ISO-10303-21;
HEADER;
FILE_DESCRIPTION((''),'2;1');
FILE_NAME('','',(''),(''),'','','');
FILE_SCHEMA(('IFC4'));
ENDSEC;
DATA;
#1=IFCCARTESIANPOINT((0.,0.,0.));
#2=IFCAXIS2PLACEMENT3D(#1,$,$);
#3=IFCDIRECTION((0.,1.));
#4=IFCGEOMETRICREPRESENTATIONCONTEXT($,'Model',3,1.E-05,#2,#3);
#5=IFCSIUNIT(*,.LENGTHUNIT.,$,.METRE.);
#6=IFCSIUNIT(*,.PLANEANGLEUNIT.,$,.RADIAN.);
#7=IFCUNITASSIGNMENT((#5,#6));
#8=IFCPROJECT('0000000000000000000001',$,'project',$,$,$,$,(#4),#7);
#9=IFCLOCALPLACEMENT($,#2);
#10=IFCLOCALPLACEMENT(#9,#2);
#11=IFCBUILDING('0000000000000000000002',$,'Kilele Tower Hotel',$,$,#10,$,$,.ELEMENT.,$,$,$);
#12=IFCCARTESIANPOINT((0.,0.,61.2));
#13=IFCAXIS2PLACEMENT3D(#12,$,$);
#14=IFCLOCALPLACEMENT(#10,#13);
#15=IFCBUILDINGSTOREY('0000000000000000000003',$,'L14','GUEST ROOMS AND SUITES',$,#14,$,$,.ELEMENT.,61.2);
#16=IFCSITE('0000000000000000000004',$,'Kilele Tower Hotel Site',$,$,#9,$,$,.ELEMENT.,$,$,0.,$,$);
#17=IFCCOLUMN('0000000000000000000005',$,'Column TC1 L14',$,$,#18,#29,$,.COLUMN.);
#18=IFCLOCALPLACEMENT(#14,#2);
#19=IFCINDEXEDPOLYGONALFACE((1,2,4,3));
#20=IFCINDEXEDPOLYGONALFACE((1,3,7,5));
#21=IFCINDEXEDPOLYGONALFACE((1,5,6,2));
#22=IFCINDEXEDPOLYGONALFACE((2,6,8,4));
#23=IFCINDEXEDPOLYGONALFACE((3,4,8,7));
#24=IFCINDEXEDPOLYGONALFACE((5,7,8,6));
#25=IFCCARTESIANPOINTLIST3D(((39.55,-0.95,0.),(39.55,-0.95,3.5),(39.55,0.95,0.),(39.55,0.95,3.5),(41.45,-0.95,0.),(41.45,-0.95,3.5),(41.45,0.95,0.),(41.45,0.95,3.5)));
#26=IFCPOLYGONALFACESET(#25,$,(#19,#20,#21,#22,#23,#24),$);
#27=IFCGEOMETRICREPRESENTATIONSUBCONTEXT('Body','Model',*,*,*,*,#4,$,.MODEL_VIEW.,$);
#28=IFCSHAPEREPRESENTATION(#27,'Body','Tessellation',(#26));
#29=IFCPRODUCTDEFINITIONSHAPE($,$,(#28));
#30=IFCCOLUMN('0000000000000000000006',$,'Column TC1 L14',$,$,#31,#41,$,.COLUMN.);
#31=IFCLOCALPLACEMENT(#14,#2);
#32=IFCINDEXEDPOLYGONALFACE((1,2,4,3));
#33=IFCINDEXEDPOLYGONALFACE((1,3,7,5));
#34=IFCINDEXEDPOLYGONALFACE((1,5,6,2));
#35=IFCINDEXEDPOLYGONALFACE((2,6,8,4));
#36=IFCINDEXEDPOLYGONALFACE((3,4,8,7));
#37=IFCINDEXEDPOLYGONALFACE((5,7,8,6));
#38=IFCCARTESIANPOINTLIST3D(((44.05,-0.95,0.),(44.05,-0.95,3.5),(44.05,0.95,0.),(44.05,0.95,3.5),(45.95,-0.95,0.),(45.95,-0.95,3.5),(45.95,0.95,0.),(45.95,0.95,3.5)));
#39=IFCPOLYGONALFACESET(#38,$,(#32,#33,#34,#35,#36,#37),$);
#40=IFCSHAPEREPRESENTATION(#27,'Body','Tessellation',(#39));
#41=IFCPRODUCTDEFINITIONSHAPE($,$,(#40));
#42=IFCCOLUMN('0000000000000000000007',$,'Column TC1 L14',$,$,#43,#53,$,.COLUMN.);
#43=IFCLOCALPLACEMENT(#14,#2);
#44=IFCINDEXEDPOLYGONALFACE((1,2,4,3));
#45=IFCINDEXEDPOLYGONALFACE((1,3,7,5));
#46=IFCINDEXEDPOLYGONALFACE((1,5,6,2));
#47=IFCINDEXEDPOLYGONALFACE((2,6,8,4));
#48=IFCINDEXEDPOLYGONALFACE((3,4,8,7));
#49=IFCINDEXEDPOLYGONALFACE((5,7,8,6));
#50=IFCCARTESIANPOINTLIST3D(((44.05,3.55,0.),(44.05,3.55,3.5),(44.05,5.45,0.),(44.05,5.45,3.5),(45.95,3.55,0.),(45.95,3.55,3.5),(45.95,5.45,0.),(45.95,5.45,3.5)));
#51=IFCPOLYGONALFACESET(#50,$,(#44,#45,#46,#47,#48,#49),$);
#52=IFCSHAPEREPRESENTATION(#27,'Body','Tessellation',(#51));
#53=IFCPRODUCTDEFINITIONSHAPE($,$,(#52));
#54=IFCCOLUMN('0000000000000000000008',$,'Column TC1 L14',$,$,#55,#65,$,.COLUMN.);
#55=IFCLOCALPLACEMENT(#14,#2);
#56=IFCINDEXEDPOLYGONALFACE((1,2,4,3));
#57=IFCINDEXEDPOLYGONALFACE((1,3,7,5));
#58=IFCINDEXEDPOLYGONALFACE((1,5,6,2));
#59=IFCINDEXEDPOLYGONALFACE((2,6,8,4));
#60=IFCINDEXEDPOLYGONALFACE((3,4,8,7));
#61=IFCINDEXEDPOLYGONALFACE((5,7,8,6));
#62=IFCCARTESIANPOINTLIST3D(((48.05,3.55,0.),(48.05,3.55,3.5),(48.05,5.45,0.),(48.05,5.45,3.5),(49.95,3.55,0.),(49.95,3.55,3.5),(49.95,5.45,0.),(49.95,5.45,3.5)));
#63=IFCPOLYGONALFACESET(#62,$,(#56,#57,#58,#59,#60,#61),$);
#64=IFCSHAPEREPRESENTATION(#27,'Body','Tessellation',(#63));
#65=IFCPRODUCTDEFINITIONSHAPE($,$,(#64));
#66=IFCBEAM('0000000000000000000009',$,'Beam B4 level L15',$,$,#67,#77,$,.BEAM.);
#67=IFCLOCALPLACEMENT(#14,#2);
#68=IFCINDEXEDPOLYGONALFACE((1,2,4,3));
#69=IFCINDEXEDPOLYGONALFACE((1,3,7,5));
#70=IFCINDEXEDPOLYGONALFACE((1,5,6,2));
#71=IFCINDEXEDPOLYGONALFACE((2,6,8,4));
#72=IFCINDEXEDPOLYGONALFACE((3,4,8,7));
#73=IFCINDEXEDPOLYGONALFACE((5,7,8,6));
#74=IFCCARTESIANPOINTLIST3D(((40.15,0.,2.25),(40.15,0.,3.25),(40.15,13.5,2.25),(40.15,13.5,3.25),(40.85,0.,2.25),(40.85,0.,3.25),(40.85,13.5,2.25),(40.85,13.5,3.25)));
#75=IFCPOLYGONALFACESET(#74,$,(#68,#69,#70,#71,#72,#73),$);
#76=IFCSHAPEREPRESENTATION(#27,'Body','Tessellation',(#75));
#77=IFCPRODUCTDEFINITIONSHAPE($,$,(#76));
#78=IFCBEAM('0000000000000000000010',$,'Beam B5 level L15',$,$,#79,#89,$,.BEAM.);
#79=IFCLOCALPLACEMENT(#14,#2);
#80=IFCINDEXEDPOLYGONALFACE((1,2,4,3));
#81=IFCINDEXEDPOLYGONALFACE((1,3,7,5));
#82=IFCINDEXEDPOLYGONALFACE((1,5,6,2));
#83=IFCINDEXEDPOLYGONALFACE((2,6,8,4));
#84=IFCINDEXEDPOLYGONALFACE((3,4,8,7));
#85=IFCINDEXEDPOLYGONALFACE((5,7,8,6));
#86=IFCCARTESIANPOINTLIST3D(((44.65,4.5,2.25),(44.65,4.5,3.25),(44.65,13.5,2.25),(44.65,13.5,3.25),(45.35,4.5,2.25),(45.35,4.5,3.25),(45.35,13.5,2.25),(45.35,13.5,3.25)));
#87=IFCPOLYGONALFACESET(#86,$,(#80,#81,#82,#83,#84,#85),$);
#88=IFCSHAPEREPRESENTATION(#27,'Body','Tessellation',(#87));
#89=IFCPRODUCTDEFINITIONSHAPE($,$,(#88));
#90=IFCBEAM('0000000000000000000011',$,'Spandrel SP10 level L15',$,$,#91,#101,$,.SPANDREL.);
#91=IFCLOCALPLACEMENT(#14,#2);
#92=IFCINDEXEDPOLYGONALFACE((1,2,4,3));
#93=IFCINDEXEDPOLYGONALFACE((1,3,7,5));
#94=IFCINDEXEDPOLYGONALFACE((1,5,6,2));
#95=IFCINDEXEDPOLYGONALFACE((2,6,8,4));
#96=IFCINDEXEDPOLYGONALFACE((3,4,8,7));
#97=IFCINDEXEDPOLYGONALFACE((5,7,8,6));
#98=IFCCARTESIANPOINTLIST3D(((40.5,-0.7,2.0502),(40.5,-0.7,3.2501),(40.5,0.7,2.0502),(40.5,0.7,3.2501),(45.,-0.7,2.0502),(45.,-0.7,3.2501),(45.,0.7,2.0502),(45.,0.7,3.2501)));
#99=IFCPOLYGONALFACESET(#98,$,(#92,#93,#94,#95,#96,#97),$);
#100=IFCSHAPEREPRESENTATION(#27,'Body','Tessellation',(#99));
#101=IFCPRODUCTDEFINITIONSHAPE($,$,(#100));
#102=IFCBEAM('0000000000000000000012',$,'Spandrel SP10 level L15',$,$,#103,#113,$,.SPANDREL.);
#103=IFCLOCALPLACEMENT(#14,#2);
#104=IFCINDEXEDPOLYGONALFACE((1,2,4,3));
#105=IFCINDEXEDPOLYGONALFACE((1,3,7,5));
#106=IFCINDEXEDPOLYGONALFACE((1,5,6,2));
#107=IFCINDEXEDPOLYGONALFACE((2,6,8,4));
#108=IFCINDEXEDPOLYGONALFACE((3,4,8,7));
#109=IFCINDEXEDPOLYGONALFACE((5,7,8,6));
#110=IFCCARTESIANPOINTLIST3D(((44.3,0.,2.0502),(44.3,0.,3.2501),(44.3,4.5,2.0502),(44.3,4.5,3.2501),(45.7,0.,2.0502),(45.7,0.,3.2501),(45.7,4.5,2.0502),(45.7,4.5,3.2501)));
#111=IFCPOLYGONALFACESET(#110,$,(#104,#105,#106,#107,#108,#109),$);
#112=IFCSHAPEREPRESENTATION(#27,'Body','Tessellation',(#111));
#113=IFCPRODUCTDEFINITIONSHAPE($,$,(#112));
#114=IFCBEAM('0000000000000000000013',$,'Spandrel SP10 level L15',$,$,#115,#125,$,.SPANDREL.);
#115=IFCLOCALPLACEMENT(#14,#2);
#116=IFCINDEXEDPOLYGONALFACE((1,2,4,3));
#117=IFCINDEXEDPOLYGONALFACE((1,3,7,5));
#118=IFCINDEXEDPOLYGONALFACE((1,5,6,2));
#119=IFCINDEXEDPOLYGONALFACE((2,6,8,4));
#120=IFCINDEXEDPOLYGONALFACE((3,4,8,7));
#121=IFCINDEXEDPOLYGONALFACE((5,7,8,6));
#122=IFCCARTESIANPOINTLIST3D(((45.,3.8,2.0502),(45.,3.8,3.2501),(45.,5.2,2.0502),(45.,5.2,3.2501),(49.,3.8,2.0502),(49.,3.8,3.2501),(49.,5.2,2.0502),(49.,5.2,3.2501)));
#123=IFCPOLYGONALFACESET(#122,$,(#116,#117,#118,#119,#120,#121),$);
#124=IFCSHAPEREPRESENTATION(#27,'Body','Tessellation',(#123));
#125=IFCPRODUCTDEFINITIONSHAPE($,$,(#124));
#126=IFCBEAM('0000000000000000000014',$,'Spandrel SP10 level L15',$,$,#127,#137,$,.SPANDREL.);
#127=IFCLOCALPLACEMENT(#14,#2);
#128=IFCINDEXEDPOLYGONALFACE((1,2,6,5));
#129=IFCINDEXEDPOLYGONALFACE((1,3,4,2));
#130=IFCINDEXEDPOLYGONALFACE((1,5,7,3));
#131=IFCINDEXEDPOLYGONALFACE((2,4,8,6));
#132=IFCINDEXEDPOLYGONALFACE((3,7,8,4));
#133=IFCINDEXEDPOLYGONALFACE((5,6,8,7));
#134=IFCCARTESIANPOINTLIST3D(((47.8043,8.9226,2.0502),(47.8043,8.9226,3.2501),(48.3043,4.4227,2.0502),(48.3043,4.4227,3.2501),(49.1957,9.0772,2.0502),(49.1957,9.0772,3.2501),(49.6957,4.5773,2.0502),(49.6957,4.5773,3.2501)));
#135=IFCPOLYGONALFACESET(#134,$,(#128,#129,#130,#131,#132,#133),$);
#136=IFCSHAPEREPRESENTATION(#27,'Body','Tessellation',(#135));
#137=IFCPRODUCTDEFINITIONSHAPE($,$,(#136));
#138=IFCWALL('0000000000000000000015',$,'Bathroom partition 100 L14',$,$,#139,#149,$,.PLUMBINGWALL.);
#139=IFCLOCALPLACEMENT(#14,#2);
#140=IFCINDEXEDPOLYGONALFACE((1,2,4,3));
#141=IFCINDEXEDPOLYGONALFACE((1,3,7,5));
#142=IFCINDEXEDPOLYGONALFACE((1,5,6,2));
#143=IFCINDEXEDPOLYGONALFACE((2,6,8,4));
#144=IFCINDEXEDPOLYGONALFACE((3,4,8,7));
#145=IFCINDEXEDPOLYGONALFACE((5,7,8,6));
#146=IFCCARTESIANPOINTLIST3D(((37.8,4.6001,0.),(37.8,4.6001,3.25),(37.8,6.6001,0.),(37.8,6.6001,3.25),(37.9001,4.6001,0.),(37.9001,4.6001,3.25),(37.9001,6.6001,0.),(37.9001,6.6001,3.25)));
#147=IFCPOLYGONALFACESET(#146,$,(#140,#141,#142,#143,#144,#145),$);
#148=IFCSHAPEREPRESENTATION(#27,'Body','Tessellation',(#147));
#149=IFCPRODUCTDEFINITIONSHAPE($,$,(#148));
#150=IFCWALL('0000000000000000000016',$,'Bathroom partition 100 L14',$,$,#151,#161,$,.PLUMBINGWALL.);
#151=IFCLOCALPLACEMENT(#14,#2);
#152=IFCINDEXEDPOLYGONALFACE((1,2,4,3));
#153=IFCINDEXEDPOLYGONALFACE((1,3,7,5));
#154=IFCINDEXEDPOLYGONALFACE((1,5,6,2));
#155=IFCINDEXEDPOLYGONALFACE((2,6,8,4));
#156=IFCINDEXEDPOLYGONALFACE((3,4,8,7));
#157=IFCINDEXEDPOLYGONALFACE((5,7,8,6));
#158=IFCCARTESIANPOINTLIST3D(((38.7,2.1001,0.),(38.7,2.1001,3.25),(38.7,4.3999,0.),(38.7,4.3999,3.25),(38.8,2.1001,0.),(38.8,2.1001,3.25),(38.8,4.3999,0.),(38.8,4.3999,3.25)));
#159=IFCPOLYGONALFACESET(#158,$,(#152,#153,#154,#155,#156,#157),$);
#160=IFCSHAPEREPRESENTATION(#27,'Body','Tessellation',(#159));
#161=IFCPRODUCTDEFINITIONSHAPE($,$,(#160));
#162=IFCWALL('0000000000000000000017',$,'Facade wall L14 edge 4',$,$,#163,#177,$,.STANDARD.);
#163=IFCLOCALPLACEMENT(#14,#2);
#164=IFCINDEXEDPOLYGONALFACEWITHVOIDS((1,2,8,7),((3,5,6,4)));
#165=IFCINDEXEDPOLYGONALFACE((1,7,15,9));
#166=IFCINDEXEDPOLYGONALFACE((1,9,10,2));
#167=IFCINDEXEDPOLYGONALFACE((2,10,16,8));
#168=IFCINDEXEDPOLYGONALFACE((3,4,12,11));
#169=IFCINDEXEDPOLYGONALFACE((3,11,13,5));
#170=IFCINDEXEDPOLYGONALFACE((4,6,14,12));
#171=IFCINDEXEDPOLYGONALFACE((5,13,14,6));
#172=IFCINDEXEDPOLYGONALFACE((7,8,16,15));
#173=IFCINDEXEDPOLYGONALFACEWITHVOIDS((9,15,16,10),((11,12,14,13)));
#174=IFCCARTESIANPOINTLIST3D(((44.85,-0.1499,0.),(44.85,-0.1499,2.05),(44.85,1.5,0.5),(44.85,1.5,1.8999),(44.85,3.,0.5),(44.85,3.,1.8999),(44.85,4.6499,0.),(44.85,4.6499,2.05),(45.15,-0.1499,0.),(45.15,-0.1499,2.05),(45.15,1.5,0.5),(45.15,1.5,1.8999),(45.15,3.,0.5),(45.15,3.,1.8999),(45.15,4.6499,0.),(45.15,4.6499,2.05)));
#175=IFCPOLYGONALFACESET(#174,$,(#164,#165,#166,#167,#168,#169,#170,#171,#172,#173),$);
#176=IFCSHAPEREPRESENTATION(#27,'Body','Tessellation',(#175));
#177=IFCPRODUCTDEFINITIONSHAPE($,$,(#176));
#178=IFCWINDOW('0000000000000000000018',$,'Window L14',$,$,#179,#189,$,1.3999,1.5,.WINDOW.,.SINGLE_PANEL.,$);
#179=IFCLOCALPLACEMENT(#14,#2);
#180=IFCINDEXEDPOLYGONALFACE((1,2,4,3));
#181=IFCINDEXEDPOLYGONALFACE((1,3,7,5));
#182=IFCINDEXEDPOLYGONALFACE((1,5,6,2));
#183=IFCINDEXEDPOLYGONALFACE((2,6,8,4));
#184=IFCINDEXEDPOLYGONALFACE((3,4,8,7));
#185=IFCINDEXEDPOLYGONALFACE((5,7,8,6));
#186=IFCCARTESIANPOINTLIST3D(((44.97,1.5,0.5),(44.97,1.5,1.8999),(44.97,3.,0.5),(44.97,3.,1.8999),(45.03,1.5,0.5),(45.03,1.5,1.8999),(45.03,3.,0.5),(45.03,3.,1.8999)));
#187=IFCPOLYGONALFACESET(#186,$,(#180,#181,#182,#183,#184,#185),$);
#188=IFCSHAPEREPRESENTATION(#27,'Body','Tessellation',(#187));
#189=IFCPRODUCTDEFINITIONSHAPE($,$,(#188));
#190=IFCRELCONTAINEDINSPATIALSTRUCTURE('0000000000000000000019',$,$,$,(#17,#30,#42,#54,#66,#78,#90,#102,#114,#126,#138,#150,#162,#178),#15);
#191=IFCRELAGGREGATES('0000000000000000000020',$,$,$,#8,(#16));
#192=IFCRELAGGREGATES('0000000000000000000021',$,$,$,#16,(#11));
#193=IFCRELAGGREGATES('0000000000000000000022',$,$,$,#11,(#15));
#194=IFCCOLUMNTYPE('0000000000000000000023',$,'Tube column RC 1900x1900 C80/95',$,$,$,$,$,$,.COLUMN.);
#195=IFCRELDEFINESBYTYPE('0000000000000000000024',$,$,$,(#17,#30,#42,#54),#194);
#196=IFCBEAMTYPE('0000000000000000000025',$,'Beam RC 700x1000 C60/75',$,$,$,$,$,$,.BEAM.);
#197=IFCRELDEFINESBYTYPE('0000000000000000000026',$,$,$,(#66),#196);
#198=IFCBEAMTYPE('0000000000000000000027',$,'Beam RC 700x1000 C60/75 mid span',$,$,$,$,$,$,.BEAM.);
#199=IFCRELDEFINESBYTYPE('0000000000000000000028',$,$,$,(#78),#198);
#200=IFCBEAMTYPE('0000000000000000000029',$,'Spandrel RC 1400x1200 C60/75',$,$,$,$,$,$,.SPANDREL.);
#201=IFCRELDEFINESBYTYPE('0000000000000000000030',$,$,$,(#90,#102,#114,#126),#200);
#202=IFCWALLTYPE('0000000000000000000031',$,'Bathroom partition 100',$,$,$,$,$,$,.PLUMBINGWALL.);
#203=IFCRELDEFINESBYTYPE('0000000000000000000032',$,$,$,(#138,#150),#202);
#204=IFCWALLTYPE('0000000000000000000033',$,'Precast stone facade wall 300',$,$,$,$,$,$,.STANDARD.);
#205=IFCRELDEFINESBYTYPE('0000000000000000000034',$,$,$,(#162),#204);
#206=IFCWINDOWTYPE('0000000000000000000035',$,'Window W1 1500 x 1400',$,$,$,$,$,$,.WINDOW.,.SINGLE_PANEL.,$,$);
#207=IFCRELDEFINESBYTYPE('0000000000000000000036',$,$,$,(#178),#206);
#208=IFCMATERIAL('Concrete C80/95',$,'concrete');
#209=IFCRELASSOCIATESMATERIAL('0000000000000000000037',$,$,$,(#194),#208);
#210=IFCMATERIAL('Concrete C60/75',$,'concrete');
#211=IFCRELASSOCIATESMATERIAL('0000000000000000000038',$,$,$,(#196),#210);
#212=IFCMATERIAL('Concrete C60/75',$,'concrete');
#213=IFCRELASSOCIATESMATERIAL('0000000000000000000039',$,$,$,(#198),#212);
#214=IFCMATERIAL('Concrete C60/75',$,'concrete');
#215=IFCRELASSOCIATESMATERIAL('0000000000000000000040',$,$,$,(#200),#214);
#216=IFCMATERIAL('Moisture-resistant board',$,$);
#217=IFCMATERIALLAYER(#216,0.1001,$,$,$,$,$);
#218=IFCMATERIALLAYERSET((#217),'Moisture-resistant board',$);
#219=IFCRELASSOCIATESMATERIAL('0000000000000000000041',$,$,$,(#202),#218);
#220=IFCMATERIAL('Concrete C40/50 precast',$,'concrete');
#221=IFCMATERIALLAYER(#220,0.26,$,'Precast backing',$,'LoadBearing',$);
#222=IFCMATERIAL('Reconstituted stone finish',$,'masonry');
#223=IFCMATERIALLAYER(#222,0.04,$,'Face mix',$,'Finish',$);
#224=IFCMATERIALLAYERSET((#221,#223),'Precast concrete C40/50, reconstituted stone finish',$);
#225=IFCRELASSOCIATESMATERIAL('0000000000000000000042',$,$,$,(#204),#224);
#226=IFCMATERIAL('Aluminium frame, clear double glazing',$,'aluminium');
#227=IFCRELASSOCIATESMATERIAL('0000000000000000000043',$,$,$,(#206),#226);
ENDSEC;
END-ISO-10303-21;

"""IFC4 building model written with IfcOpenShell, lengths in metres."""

from ifc_helpers import new_model, si_unit, direction, frame, frame_2d, origin, origin_2d, place, context, subcontext, project, spatial, rectangle, extrude, material, layer, layer_set, material_profile, profile_set, type_object, element, fill, save


model = new_model("IFC4")

# Units and contexts
model_context = context("Model", 3, precision=1e-05, world=origin(), true_north=direction((0.0, 1.0)))
body_context = subcontext(model_context, "Body", "Model", "MODEL_VIEW")
ifc_project = project(units=[si_unit("LENGTHUNIT", "METRE"), si_unit("PLANEANGLEUNIT", "RADIAN")], contexts=[model_context])

# Site, building, storey
site_placement = place(None, origin())
site = spatial("IfcSite", under=ifc_project, at=site_placement, Name="Kilele Tower Hotel Site", CompositionType="ELEMENT", RefElevation=0.0)
building_placement = place(site_placement, origin())
building = spatial("IfcBuilding", under=site, at=building_placement, Name="Kilele Tower Hotel", CompositionType="ELEMENT")
storey_placement = place(building_placement, frame((0.0, 0.0, 61.2)))
storey = spatial("IfcBuildingStorey", under=building, at=storey_placement, Name="L14", Description="GUEST ROOMS AND SUITES", CompositionType="ELEMENT", Elevation=61.2)

# Columns
ifc_material_1 = material(Name="Concrete C80/95", Category="concrete")
ifc_material_profile_1 = material_profile(ifc_material_1, rectangle(XDim=1.8999, YDim=1.8999, at=origin_2d()))
ifc_profile_set_1 = profile_set([ifc_material_profile_1], Name="Concrete C80/95")
column_type = type_object("IfcColumnType", Name="Tube column RC 1900x1900 C80/95", PredefinedType="COLUMN", material=ifc_profile_set_1)
for number, where, z_axis, x_axis, name in (
    (1, (40.5, 0.0, 0.0), (0.0, 0.0, 1.0), (1.0, 0.0, 0.0), "Column TC1 L14"),
    (2, (45.0, 0.0, 0.0), (0.0, 0.0, 1.0), (1.0, 0.0, 0.0), "Column TC1 L14"),
    (3, (45.0, 4.5, 0.0), (0.0, 0.0, 1.0), (1.0, 0.0, 0.0), "Column TC1 L14"),
    (4, (49.0, 4.5, 0.0), (0.0, 0.0, 1.0), (1.0, 0.0, 0.0), "Column TC1 L14"),
):
    element("IfcColumn", number, at=place(storey_placement, frame(where, z_axis=z_axis, x_axis=x_axis)), inside=storey, type_object=column_type, Name=name, PredefinedType="COLUMN", context=body_context, shape_type="SweptSolid", body=[
        extrude(rectangle(XDim=1.8999, YDim=1.8999, at=origin_2d()), origin(), (0.0, 0.0, 1.0), 3.5),
    ])

# Beams
ifc_material_2 = material(Name="Concrete C60/75", Category="concrete")
ifc_material_profile_2 = material_profile(ifc_material_2, rectangle(XDim=0.7, YDim=1.0, at=origin_2d()))
ifc_profile_set_2 = profile_set([ifc_material_profile_2], Name="Concrete C60/75")
beam_type_1 = type_object("IfcBeamType", Name="Beam RC 700x1000 C60/75", PredefinedType="BEAM", material=ifc_profile_set_2)
beam_1_placement = place(storey_placement, frame((40.5, 0.0, 2.75), z_axis=(0.0, 1.0, 0.0), x_axis=(-1.0, 0.0, 0.0)))
element("IfcBeam", 5, at=beam_1_placement, inside=storey, type_object=beam_type_1, Name="Beam B4 level L15", PredefinedType="BEAM", context=body_context, shape_type="SweptSolid", body=[
    extrude(rectangle(XDim=0.7, YDim=1.0, at=origin_2d()), origin(), (0.0, 0.0, 1.0), 13.5),
])
ifc_material_3 = material(Name="Concrete C60/75", Category="concrete")
ifc_material_profile_3 = material_profile(ifc_material_3, rectangle(XDim=0.7, YDim=1.0, at=origin_2d()))
ifc_profile_set_3 = profile_set([ifc_material_profile_3], Name="Concrete C60/75")
beam_type_2 = type_object("IfcBeamType", Name="Beam RC 700x1000 C60/75 mid span", PredefinedType="BEAM", material=ifc_profile_set_3)
beam_2_placement = place(storey_placement, frame((45.0, 4.5, 2.75), z_axis=(0.0, 1.0, 0.0), x_axis=(-1.0, 0.0, 0.0)))
element("IfcBeam", 6, at=beam_2_placement, inside=storey, type_object=beam_type_2, Name="Beam B5 level L15", PredefinedType="BEAM", context=body_context, shape_type="SweptSolid", body=[
    extrude(rectangle(XDim=0.7, YDim=1.0, at=origin_2d()), origin(), (0.0, 0.0, 1.0), 9.0),
])
ifc_material_4 = material(Name="Concrete C60/75", Category="concrete")
ifc_material_profile_4 = material_profile(ifc_material_4, rectangle(XDim=1.3999, YDim=1.2, at=origin_2d()))
ifc_profile_set_4 = profile_set([ifc_material_profile_4], Name="Concrete C60/75")
beam_type_3 = type_object("IfcBeamType", Name="Spandrel RC 1400x1200 C60/75", PredefinedType="SPANDREL", material=ifc_profile_set_4)
for number, where, z_axis, x_axis, name in (
    (7, (40.5, 0.0, 2.6501), (1.0, 0.0, 0.0), (0.0, 1.0, 0.0), "Spandrel SP10 level L15"),
    (8, (45.0, 0.0, 2.6501), (0.0, 1.0, 0.0), (-1.0, 0.0, 0.0), "Spandrel SP10 level L15"),
):
    element("IfcBeam", number, at=place(storey_placement, frame(where, z_axis=z_axis, x_axis=x_axis)), inside=storey, type_object=beam_type_3, Name=name, PredefinedType="SPANDREL", context=body_context, shape_type="SweptSolid", body=[
        extrude(rectangle(XDim=1.3999, YDim=1.2, at=origin_2d()), origin(), (0.0, 0.0, 1.0), 4.5),
    ])
beam_3_placement = place(storey_placement, frame((45.0, 4.5, 2.6501), z_axis=(1.0, 0.0, 0.0), x_axis=(0.0, 1.0, 0.0)))
element("IfcBeam", 9, at=beam_3_placement, inside=storey, type_object=beam_type_3, Name="Spandrel SP10 level L15", PredefinedType="SPANDREL", context=body_context, shape_type="SweptSolid", body=[
    extrude(rectangle(XDim=1.3999, YDim=1.2, at=origin_2d()), origin(), (0.0, 0.0, 1.0), 4.0),
])
beam_4_placement = place(storey_placement, frame((49.0, 4.5, 2.6501), z_axis=(-0.110432, 0.993884, 0.0), x_axis=(-0.993884, -0.110432, 0.0)))
element("IfcBeam", 10, at=beam_4_placement, inside=storey, type_object=beam_type_3, Name="Spandrel SP10 level L15", PredefinedType="SPANDREL", context=body_context, shape_type="SweptSolid", body=[
    extrude(rectangle(XDim=1.3999, YDim=1.2, at=origin_2d()), origin(), (0.0, 0.0, 1.0), 4.5276),
])

# Walls
ifc_material_5 = material(Name="Moisture-resistant board")
ifc_layer_1 = layer(ifc_material_5, 0.1001)
ifc_layer_set_1 = layer_set([ifc_layer_1], Name="Moisture-resistant board")
wall_type_1 = type_object("IfcWallType", Name="Bathroom partition 100", PredefinedType="PLUMBINGWALL", material=ifc_layer_set_1)
wall_1_placement = place(storey_placement, frame((37.8501, 4.6001, 0.0), z_axis=(0.0, 0.0, 1.0), x_axis=(0.0, 1.0, 0.0)))
element("IfcWall", 11, at=wall_1_placement, inside=storey, type_object=wall_type_1, Name="Bathroom partition 100 L14", PredefinedType="PLUMBINGWALL", context=body_context, shape_type="SweptSolid", body=[
    extrude(rectangle(XDim=2.0, YDim=0.1001, at=frame_2d((1.0, 0.0))), origin(), (0.0, 0.0, 1.0), 3.25),
])
wall_2_placement = place(storey_placement, frame((38.75, 4.3999, 0.0), z_axis=(0.0, 0.0, 1.0), x_axis=(0.0, -1.0, 0.0)))
element("IfcWall", 12, at=wall_2_placement, inside=storey, type_object=wall_type_1, Name="Bathroom partition 100 L14", PredefinedType="PLUMBINGWALL", context=body_context, shape_type="SweptSolid", body=[
    extrude(rectangle(XDim=2.2998, YDim=0.1001, at=frame_2d((1.1499, 0.0))), origin(), (0.0, 0.0, 1.0), 3.25),
])

# Wall, opening, window
ifc_material_6 = material(Name="Concrete C40/50 precast", Category="concrete")
ifc_layer_2 = layer(ifc_material_6, 0.26, Name="Precast backing", Category="LoadBearing")
ifc_material_7 = material(Name="Reconstituted stone finish", Category="masonry")
ifc_layer_3 = layer(ifc_material_7, 0.04, Name="Face mix", Category="Finish")
ifc_layer_set_2 = layer_set([ifc_layer_2, ifc_layer_3], Name="Precast concrete C40/50, reconstituted stone finish")
wall_type_2 = type_object("IfcWallType", Name="Precast stone facade wall 300", PredefinedType="STANDARD", material=ifc_layer_set_2)
wall_3_placement = place(storey_placement, frame((45.0, -0.1499, 0.0), z_axis=(0.0, 0.0, 1.0), x_axis=(0.0, 1.0, 0.0)))
wall_3 = element("IfcWall", 13, at=wall_3_placement, inside=storey, type_object=wall_type_2, Name="Facade wall L14 edge 4", PredefinedType="STANDARD", context=body_context, shape_type="SweptSolid", body=[
    extrude(rectangle(XDim=4.7998, YDim=0.3, at=frame_2d((2.3999, 0.0))), origin(), (0.0, 0.0, 1.0), 2.05),
])
opening_1_placement = place(wall_3_placement, frame((1.6499, 0.0, 0.5)))
opening_1 = element("IfcOpeningElement", 14, at=opening_1_placement, cuts=wall_3, PredefinedType="OPENING", context=body_context, shape_type="SweptSolid", body=[
    extrude(rectangle(XDim=1.5, YDim=1.3999, at=frame_2d((0.75, 0.7))), frame((0.0, 0.1599, 0.0), z_axis=(0.0, -1.0, 0.0), x_axis=(1.0, 0.0, 0.0)), (0.0, 0.0, 1.0), 0.3201),
])
ifc_material_8 = material(Name="Aluminium frame, clear double glazing", Category="aluminium")
window_type = type_object("IfcWindowType", Name="Window W1 1500 x 1400", PartitioningType="SINGLE_PANEL", PredefinedType="WINDOW", material=ifc_material_8)
window_1_placement = place(opening_1_placement, origin())
window_1 = element("IfcWindow", 15, at=window_1_placement, inside=storey, type_object=window_type, Name="Window L14", OverallHeight=1.3999, OverallWidth=1.5, PartitioningType="SINGLE_PANEL", PredefinedType="WINDOW", context=body_context, shape_type="SweptSolid", body=[
    extrude(rectangle(XDim=1.5, YDim=1.3999, at=frame_2d((0.75, 0.7))), frame((0.0, 0.03, 0.0), z_axis=(0.0, -1.0, 0.0), x_axis=(1.0, 0.0, 0.0)), (0.0, 0.0, 1.0), 0.0601),
])
fill(opening_1, window_1)

save(model, "model.ifc")
